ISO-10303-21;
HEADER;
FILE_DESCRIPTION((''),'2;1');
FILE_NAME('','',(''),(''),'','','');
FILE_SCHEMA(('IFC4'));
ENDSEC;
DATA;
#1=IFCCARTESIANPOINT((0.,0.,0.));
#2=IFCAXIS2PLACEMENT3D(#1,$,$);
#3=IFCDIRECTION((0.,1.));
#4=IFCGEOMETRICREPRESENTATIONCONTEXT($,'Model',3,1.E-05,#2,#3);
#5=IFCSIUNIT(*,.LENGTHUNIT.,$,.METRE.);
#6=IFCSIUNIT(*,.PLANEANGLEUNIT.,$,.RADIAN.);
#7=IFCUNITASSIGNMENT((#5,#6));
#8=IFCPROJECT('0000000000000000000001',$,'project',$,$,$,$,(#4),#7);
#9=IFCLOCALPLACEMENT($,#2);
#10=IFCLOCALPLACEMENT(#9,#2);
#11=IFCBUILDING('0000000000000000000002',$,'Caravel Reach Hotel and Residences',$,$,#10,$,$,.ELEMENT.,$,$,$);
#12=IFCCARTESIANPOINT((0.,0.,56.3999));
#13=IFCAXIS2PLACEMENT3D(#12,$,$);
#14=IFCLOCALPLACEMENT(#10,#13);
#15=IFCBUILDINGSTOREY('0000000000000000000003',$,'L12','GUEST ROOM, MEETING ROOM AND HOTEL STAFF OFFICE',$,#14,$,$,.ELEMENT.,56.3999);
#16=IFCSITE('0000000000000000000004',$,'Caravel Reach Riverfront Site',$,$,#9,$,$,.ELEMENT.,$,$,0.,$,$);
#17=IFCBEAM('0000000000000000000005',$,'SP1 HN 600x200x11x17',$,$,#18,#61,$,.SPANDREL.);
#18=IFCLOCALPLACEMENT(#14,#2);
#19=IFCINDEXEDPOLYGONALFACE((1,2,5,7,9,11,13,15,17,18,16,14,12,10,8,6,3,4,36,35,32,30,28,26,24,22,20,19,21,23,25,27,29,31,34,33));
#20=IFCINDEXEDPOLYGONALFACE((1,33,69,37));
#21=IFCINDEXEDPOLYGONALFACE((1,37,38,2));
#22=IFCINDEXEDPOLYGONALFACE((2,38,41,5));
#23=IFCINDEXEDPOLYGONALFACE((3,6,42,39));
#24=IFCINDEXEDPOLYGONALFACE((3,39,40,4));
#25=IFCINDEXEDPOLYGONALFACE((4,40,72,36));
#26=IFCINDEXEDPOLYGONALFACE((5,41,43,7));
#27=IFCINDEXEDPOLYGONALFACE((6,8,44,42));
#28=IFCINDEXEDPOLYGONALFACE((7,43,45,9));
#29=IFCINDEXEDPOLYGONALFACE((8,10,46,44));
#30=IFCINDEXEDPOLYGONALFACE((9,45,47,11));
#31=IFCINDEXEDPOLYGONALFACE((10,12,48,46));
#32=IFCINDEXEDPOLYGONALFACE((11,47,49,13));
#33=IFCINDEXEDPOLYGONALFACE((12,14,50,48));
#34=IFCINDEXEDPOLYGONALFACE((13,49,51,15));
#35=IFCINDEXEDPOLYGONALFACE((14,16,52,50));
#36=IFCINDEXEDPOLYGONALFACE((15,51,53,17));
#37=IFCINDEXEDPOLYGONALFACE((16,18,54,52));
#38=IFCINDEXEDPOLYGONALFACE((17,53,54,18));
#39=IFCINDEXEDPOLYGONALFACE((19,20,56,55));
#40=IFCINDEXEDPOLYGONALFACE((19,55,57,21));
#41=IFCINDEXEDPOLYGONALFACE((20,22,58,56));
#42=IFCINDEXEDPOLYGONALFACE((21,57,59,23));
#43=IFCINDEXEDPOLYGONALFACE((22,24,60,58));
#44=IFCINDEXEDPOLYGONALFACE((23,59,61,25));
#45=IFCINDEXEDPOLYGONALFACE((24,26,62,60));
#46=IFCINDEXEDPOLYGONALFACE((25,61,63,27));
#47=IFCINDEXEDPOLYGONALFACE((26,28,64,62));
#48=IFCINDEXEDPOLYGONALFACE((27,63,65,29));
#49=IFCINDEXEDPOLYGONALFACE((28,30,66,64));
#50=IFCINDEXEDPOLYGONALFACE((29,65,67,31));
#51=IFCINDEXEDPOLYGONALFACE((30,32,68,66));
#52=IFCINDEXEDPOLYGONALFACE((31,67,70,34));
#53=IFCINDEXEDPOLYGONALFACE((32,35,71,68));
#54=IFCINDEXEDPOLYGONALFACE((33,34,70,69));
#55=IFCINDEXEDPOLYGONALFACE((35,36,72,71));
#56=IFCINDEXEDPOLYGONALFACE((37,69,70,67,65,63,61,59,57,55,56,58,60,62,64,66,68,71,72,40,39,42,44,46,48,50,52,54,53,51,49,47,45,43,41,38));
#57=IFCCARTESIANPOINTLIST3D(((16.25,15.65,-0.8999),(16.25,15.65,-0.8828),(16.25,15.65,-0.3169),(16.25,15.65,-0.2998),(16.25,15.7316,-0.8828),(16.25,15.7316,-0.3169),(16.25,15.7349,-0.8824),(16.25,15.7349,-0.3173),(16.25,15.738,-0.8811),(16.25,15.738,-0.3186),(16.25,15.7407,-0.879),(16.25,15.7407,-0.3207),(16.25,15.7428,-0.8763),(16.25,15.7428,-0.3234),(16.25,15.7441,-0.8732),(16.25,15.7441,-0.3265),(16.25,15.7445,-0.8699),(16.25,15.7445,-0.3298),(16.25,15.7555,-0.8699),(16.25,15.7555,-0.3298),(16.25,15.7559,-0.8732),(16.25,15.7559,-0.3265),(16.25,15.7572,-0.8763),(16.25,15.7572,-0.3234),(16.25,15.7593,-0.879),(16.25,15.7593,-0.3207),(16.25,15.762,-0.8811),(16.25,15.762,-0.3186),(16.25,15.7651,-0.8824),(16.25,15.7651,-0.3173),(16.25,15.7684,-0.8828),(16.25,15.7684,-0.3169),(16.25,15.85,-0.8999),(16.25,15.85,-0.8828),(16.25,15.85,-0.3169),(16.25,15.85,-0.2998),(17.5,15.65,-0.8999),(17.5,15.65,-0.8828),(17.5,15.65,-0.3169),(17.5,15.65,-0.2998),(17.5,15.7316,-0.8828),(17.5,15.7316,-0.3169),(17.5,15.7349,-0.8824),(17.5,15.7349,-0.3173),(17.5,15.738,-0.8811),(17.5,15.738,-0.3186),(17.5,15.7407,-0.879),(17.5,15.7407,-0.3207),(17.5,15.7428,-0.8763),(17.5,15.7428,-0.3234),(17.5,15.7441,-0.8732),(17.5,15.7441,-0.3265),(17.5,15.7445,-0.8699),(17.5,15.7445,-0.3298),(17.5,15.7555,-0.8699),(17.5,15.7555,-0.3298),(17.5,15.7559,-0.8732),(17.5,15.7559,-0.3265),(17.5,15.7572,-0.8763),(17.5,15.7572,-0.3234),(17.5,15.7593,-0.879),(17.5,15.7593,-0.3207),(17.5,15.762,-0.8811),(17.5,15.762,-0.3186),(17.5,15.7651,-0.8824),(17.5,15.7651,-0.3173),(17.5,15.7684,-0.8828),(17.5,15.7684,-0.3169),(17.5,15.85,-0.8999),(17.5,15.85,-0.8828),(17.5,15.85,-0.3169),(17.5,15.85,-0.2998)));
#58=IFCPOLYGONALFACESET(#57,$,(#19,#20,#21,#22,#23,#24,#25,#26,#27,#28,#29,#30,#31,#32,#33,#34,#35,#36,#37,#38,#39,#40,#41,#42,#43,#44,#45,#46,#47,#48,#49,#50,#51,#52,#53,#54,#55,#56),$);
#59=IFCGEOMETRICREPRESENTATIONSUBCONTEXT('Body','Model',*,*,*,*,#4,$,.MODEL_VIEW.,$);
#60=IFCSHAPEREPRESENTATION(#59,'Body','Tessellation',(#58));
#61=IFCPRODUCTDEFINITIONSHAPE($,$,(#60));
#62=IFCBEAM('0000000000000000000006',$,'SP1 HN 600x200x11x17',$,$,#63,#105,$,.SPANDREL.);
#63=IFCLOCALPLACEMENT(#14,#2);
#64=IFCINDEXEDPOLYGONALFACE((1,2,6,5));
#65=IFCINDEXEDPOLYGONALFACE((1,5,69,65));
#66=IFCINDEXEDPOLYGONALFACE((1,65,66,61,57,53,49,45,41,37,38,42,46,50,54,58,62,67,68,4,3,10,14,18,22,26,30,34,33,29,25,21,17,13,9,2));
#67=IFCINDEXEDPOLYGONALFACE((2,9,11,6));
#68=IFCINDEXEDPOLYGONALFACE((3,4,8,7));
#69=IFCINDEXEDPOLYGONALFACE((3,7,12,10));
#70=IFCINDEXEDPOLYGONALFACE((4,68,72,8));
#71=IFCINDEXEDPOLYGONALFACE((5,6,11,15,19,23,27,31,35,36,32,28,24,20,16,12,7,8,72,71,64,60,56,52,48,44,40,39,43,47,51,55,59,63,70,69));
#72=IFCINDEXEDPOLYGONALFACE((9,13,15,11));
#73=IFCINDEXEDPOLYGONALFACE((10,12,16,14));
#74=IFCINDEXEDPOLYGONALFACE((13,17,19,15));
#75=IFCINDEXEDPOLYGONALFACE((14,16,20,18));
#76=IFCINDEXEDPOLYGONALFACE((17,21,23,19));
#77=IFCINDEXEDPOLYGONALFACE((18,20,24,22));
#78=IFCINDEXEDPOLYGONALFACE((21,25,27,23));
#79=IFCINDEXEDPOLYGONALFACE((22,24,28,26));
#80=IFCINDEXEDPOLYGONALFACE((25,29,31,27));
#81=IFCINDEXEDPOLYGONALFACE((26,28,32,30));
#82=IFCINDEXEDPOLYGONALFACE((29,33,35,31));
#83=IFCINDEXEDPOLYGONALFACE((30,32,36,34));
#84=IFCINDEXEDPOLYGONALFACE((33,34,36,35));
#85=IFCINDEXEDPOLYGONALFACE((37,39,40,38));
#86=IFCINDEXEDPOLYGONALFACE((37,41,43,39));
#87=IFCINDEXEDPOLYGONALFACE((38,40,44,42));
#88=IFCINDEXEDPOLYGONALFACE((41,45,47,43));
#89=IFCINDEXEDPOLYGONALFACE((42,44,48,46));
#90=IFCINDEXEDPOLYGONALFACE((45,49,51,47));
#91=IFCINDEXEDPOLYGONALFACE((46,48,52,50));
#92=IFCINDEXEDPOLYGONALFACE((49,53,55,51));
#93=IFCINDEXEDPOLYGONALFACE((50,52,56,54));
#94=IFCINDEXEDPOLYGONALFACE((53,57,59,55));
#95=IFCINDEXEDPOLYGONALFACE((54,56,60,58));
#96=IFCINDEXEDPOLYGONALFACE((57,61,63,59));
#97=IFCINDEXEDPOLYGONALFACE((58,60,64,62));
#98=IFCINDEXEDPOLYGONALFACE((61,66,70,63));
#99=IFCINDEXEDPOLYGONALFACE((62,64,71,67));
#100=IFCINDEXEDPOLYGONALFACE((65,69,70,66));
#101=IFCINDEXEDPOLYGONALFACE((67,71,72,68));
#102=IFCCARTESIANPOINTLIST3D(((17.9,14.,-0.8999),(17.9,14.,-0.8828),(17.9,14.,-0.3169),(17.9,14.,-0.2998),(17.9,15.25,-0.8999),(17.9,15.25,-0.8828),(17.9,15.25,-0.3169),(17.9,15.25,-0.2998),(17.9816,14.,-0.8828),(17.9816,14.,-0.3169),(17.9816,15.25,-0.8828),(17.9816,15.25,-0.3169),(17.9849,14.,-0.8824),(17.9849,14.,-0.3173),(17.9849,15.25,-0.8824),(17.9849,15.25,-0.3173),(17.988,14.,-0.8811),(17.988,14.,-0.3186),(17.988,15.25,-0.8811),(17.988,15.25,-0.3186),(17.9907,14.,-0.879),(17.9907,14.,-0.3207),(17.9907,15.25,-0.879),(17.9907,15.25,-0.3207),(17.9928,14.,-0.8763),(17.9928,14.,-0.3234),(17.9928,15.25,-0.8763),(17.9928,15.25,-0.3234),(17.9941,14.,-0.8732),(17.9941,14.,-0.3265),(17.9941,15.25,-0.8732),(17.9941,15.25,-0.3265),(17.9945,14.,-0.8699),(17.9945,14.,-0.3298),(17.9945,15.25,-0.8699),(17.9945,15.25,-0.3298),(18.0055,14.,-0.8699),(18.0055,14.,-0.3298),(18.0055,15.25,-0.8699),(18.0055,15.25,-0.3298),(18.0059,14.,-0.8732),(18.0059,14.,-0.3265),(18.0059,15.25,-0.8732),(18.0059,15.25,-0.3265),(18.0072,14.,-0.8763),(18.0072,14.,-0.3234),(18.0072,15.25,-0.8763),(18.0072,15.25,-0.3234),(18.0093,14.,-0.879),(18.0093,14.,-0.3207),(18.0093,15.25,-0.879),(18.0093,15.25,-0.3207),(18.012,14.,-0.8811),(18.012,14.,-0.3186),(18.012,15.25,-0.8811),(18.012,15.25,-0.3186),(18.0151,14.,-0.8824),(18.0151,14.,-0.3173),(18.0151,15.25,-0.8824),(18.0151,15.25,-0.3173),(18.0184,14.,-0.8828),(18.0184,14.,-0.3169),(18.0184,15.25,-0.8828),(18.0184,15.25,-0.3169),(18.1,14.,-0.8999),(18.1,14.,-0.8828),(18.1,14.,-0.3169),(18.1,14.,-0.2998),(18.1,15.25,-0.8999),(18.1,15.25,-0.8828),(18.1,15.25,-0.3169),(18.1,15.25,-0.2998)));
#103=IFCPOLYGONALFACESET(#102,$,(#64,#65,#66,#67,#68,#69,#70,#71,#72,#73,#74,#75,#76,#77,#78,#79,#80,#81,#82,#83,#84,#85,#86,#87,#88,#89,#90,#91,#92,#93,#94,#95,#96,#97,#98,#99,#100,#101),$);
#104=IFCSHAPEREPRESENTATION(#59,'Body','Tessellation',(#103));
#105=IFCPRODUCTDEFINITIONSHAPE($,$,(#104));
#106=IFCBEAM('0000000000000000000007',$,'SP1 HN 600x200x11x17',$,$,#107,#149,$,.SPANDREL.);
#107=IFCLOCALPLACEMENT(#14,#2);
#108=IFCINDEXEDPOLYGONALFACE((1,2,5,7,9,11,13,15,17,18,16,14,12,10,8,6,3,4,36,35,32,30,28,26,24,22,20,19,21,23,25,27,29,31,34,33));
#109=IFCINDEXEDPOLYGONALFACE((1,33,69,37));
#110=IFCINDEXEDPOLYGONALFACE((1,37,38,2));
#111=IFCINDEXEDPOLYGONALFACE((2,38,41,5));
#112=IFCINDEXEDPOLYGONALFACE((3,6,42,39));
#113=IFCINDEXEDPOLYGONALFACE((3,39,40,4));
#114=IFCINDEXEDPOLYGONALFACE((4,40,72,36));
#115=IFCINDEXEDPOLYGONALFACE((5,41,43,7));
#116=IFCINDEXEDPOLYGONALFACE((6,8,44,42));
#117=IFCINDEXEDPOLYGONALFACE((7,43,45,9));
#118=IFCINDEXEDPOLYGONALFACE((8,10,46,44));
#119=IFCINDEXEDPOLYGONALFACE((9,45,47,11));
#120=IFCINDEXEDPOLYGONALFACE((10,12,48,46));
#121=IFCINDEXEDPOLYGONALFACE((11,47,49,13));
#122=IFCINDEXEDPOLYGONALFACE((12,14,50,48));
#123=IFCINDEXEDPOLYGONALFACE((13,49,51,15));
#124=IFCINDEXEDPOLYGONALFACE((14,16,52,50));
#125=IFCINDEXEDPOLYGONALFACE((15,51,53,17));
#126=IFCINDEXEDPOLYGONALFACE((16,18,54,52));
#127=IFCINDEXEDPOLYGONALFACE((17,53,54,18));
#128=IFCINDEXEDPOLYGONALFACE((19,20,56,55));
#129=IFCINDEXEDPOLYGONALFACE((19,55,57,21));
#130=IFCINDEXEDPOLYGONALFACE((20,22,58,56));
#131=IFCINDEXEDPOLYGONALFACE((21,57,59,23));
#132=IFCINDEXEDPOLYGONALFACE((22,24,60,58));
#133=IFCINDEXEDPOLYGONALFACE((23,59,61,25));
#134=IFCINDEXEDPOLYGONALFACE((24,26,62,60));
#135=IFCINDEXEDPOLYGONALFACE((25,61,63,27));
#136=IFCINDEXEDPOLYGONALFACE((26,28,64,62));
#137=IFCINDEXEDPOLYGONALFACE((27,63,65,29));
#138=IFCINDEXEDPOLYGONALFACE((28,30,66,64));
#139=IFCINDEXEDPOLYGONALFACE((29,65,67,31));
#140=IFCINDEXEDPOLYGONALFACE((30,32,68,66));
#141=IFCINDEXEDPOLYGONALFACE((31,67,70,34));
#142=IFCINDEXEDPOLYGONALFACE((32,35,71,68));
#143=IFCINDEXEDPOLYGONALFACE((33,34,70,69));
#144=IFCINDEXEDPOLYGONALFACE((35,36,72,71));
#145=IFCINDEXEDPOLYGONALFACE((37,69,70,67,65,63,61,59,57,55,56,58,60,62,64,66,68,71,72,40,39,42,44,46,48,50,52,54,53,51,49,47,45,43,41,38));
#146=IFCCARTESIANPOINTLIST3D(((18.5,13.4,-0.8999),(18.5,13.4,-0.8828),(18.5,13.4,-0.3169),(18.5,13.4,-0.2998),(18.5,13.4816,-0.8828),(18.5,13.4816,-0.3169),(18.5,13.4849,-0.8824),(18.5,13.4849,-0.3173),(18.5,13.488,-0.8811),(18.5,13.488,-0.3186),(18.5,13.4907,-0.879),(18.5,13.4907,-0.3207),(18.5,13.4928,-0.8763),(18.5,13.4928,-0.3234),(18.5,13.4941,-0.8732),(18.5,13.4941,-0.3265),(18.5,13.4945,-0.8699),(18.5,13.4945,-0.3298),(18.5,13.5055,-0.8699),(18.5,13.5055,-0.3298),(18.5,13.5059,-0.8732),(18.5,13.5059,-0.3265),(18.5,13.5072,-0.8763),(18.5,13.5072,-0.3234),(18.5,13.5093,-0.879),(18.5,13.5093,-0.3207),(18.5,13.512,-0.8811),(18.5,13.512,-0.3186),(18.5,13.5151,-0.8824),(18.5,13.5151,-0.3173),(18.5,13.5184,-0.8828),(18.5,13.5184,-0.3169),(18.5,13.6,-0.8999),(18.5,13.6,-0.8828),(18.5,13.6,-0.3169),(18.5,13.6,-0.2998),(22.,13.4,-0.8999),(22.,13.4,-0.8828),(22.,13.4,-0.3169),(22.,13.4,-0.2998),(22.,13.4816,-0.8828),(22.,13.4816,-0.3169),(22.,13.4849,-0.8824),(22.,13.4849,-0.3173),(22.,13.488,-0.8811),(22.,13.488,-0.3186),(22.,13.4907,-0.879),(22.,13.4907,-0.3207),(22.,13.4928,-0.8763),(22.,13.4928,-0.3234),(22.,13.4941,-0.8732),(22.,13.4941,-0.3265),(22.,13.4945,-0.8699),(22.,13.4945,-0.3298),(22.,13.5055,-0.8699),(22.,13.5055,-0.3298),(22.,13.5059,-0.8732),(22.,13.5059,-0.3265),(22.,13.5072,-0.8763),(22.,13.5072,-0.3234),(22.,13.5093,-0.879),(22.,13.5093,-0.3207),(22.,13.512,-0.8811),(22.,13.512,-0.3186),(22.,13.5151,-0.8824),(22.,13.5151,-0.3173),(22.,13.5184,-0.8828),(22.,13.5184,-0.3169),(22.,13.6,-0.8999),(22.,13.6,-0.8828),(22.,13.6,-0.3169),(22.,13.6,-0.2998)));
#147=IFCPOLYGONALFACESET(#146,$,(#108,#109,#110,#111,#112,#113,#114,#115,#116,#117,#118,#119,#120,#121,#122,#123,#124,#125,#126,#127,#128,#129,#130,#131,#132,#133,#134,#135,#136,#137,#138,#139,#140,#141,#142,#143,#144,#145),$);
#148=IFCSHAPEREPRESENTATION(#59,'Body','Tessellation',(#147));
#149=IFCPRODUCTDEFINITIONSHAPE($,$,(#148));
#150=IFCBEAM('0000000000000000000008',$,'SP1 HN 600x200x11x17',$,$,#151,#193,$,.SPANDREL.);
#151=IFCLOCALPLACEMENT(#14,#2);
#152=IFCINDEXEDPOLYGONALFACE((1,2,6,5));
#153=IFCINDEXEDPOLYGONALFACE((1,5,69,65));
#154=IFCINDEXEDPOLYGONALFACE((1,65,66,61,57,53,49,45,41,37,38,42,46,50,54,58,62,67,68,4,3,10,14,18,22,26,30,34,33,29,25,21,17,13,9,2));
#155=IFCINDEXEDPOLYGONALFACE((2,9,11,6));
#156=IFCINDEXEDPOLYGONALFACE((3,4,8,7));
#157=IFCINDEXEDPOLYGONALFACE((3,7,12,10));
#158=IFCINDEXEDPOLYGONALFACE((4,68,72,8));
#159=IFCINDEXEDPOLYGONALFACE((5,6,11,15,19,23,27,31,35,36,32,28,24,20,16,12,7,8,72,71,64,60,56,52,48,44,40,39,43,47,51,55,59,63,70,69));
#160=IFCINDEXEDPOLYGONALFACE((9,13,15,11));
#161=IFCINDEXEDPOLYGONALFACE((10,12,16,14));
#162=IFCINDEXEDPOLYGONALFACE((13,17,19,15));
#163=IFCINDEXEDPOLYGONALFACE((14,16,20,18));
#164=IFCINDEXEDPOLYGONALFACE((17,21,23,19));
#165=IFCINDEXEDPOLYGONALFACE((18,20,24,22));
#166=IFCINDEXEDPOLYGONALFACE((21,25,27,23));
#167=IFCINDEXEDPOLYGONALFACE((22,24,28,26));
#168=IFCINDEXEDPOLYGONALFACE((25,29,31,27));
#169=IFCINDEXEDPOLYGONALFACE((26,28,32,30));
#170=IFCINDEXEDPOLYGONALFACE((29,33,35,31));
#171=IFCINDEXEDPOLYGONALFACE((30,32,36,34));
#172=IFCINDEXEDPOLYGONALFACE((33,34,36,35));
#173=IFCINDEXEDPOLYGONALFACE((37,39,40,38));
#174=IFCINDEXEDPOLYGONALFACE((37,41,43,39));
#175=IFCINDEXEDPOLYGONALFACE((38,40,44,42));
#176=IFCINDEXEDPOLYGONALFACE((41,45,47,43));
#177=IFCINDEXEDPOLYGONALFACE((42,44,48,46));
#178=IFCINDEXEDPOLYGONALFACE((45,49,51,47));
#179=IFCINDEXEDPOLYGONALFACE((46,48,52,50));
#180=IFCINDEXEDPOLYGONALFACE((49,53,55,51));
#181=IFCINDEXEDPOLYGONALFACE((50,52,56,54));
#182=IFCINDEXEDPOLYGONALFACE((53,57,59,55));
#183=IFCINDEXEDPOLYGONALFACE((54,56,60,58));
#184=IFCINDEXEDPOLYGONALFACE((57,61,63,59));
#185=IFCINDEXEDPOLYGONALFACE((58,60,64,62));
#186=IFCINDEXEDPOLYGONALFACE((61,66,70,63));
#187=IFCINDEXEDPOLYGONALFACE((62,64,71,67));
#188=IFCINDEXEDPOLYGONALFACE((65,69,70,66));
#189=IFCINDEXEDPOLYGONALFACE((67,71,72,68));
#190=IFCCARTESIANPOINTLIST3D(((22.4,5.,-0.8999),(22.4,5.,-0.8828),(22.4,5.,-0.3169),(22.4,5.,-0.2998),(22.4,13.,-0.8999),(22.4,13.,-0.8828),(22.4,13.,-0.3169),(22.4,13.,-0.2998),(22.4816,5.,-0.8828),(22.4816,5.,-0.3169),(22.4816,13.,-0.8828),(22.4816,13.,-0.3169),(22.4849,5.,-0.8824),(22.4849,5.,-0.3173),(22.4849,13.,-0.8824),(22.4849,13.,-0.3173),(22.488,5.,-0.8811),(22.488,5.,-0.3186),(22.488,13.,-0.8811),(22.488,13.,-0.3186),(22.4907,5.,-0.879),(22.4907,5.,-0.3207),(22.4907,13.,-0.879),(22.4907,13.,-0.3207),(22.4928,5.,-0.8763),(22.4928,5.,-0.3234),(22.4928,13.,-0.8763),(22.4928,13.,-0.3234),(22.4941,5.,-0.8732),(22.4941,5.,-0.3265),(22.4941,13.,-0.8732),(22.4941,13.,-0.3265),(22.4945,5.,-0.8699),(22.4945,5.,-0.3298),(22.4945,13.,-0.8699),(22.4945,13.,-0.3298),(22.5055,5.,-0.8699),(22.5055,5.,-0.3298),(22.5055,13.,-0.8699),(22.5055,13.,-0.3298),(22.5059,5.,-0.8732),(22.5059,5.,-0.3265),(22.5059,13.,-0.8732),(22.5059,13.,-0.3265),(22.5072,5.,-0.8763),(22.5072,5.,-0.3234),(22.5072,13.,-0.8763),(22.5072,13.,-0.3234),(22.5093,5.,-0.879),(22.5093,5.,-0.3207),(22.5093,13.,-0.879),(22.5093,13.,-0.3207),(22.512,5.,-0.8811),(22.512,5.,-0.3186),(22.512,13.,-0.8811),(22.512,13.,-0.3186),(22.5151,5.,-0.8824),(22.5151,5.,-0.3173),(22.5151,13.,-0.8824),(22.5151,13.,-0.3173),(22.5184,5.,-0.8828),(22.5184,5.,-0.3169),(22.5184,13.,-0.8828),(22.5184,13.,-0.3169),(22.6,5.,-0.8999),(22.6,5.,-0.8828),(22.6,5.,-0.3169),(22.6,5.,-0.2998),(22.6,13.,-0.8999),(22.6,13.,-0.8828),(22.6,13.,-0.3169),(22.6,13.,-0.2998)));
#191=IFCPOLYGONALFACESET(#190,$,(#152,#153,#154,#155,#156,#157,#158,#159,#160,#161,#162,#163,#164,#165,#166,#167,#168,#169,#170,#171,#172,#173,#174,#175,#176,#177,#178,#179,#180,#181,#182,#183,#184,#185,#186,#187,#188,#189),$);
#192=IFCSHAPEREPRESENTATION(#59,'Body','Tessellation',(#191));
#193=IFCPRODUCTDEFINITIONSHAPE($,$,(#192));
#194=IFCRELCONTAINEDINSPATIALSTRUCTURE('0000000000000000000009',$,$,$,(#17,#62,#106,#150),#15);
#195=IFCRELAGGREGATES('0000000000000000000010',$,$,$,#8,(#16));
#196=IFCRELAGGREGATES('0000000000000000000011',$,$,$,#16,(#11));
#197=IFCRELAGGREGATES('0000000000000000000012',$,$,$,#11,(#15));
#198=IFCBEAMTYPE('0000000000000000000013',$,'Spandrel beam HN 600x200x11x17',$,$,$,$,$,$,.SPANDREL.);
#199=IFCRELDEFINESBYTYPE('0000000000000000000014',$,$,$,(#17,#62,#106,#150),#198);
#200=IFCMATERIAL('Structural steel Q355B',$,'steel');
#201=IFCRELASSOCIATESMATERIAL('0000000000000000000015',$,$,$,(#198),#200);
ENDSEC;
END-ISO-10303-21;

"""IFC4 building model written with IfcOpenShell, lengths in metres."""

from ifc_helpers import new_model, si_unit, direction, frame, origin, origin_2d, place, context, subcontext, project, spatial, i_section, extrude, material, material_profile, profile_set, type_object, element, save


model = new_model("IFC4")

# Units and contexts
model_context = context("Model", 3, precision=1e-05, world=origin(), true_north=direction((0.0, 1.0)))
body_context = subcontext(model_context, "Body", "Model", "MODEL_VIEW")
ifc_project = project(units=[si_unit("LENGTHUNIT", "METRE"), si_unit("PLANEANGLEUNIT", "RADIAN")], contexts=[model_context])

# Site, building, storey
site_placement = place(None, origin())
site = spatial("IfcSite", under=ifc_project, at=site_placement, Name="Caravel Reach Riverfront Site", CompositionType="ELEMENT", RefElevation=0.0)
building_placement = place(site_placement, origin())
building = spatial("IfcBuilding", under=site, at=building_placement, Name="Caravel Reach Hotel and Residences", CompositionType="ELEMENT")
storey_placement = place(building_placement, frame((0.0, 0.0, 56.3999)))
storey = spatial("IfcBuildingStorey", under=building, at=storey_placement, Name="L12", Description="GUEST ROOM, MEETING ROOM AND HOTEL STAFF OFFICE", CompositionType="ELEMENT", Elevation=56.3999)

# Beams
ifc_material_1 = material(Name="Structural steel Q355B", Category="steel")
ifc_material_profile_1 = material_profile(ifc_material_1, i_section(OverallWidth=0.2, OverallDepth=0.6001, WebThickness=0.011, FlangeThickness=0.0171, FilletRadius=0.0129, at=origin_2d()), Name="HN 600x200x11x17")
ifc_profile_set_1 = profile_set([ifc_material_profile_1], Name="Structural steel Q355B")
beam_type_1 = type_object("IfcBeamType", Name="Spandrel beam HN 600x200x11x17", PredefinedType="SPANDREL", material=ifc_profile_set_1)
for number, where, z_axis, x_axis, name in (
    (1, (16.25, 15.75, -0.5999), (1.0, 0.0, 0.0), (0.0, 1.0, 0.0), "SP1 HN 600x200x11x17"),
    (2, (18.0, 15.25, -0.5999), (0.0, -1.0, 0.0), (1.0, 0.0, 0.0), "SP1 HN 600x200x11x17"),
):
    element("IfcBeam", number, at=place(storey_placement, frame(where, z_axis=z_axis, x_axis=x_axis)), inside=storey, type_object=beam_type_1, Name=name, PredefinedType="SPANDREL", context=body_context, shape_type="SweptSolid", body=[
        extrude(i_section(OverallWidth=0.2, OverallDepth=0.6001, WebThickness=0.011, FlangeThickness=0.0171, FilletRadius=0.0129, at=origin_2d()), origin(), (0.0, 0.0, 1.0), 1.25),
    ])
beam_1_placement = place(storey_placement, frame((18.5, 13.5, -0.5999), z_axis=(1.0, 0.0, 0.0), x_axis=(0.0, 1.0, 0.0)))
element("IfcBeam", 3, at=beam_1_placement, inside=storey, type_object=beam_type_1, Name="SP1 HN 600x200x11x17", PredefinedType="SPANDREL", context=body_context, shape_type="SweptSolid", body=[
    extrude(i_section(OverallWidth=0.2, OverallDepth=0.6001, WebThickness=0.011, FlangeThickness=0.0171, FilletRadius=0.0129, at=origin_2d()), origin(), (0.0, 0.0, 1.0), 3.5),
])
beam_2_placement = place(storey_placement, frame((22.5, 13.0, -0.5999), z_axis=(0.0, -1.0, 0.0), x_axis=(1.0, 0.0, 0.0)))
element("IfcBeam", 4, at=beam_2_placement, inside=storey, type_object=beam_type_1, Name="SP1 HN 600x200x11x17", PredefinedType="SPANDREL", context=body_context, shape_type="SweptSolid", body=[
    extrude(i_section(OverallWidth=0.2, OverallDepth=0.6001, WebThickness=0.011, FlangeThickness=0.0171, FilletRadius=0.0129, at=origin_2d()), origin(), (0.0, 0.0, 1.0), 8.0),
])

save(model, "model.ifc")
